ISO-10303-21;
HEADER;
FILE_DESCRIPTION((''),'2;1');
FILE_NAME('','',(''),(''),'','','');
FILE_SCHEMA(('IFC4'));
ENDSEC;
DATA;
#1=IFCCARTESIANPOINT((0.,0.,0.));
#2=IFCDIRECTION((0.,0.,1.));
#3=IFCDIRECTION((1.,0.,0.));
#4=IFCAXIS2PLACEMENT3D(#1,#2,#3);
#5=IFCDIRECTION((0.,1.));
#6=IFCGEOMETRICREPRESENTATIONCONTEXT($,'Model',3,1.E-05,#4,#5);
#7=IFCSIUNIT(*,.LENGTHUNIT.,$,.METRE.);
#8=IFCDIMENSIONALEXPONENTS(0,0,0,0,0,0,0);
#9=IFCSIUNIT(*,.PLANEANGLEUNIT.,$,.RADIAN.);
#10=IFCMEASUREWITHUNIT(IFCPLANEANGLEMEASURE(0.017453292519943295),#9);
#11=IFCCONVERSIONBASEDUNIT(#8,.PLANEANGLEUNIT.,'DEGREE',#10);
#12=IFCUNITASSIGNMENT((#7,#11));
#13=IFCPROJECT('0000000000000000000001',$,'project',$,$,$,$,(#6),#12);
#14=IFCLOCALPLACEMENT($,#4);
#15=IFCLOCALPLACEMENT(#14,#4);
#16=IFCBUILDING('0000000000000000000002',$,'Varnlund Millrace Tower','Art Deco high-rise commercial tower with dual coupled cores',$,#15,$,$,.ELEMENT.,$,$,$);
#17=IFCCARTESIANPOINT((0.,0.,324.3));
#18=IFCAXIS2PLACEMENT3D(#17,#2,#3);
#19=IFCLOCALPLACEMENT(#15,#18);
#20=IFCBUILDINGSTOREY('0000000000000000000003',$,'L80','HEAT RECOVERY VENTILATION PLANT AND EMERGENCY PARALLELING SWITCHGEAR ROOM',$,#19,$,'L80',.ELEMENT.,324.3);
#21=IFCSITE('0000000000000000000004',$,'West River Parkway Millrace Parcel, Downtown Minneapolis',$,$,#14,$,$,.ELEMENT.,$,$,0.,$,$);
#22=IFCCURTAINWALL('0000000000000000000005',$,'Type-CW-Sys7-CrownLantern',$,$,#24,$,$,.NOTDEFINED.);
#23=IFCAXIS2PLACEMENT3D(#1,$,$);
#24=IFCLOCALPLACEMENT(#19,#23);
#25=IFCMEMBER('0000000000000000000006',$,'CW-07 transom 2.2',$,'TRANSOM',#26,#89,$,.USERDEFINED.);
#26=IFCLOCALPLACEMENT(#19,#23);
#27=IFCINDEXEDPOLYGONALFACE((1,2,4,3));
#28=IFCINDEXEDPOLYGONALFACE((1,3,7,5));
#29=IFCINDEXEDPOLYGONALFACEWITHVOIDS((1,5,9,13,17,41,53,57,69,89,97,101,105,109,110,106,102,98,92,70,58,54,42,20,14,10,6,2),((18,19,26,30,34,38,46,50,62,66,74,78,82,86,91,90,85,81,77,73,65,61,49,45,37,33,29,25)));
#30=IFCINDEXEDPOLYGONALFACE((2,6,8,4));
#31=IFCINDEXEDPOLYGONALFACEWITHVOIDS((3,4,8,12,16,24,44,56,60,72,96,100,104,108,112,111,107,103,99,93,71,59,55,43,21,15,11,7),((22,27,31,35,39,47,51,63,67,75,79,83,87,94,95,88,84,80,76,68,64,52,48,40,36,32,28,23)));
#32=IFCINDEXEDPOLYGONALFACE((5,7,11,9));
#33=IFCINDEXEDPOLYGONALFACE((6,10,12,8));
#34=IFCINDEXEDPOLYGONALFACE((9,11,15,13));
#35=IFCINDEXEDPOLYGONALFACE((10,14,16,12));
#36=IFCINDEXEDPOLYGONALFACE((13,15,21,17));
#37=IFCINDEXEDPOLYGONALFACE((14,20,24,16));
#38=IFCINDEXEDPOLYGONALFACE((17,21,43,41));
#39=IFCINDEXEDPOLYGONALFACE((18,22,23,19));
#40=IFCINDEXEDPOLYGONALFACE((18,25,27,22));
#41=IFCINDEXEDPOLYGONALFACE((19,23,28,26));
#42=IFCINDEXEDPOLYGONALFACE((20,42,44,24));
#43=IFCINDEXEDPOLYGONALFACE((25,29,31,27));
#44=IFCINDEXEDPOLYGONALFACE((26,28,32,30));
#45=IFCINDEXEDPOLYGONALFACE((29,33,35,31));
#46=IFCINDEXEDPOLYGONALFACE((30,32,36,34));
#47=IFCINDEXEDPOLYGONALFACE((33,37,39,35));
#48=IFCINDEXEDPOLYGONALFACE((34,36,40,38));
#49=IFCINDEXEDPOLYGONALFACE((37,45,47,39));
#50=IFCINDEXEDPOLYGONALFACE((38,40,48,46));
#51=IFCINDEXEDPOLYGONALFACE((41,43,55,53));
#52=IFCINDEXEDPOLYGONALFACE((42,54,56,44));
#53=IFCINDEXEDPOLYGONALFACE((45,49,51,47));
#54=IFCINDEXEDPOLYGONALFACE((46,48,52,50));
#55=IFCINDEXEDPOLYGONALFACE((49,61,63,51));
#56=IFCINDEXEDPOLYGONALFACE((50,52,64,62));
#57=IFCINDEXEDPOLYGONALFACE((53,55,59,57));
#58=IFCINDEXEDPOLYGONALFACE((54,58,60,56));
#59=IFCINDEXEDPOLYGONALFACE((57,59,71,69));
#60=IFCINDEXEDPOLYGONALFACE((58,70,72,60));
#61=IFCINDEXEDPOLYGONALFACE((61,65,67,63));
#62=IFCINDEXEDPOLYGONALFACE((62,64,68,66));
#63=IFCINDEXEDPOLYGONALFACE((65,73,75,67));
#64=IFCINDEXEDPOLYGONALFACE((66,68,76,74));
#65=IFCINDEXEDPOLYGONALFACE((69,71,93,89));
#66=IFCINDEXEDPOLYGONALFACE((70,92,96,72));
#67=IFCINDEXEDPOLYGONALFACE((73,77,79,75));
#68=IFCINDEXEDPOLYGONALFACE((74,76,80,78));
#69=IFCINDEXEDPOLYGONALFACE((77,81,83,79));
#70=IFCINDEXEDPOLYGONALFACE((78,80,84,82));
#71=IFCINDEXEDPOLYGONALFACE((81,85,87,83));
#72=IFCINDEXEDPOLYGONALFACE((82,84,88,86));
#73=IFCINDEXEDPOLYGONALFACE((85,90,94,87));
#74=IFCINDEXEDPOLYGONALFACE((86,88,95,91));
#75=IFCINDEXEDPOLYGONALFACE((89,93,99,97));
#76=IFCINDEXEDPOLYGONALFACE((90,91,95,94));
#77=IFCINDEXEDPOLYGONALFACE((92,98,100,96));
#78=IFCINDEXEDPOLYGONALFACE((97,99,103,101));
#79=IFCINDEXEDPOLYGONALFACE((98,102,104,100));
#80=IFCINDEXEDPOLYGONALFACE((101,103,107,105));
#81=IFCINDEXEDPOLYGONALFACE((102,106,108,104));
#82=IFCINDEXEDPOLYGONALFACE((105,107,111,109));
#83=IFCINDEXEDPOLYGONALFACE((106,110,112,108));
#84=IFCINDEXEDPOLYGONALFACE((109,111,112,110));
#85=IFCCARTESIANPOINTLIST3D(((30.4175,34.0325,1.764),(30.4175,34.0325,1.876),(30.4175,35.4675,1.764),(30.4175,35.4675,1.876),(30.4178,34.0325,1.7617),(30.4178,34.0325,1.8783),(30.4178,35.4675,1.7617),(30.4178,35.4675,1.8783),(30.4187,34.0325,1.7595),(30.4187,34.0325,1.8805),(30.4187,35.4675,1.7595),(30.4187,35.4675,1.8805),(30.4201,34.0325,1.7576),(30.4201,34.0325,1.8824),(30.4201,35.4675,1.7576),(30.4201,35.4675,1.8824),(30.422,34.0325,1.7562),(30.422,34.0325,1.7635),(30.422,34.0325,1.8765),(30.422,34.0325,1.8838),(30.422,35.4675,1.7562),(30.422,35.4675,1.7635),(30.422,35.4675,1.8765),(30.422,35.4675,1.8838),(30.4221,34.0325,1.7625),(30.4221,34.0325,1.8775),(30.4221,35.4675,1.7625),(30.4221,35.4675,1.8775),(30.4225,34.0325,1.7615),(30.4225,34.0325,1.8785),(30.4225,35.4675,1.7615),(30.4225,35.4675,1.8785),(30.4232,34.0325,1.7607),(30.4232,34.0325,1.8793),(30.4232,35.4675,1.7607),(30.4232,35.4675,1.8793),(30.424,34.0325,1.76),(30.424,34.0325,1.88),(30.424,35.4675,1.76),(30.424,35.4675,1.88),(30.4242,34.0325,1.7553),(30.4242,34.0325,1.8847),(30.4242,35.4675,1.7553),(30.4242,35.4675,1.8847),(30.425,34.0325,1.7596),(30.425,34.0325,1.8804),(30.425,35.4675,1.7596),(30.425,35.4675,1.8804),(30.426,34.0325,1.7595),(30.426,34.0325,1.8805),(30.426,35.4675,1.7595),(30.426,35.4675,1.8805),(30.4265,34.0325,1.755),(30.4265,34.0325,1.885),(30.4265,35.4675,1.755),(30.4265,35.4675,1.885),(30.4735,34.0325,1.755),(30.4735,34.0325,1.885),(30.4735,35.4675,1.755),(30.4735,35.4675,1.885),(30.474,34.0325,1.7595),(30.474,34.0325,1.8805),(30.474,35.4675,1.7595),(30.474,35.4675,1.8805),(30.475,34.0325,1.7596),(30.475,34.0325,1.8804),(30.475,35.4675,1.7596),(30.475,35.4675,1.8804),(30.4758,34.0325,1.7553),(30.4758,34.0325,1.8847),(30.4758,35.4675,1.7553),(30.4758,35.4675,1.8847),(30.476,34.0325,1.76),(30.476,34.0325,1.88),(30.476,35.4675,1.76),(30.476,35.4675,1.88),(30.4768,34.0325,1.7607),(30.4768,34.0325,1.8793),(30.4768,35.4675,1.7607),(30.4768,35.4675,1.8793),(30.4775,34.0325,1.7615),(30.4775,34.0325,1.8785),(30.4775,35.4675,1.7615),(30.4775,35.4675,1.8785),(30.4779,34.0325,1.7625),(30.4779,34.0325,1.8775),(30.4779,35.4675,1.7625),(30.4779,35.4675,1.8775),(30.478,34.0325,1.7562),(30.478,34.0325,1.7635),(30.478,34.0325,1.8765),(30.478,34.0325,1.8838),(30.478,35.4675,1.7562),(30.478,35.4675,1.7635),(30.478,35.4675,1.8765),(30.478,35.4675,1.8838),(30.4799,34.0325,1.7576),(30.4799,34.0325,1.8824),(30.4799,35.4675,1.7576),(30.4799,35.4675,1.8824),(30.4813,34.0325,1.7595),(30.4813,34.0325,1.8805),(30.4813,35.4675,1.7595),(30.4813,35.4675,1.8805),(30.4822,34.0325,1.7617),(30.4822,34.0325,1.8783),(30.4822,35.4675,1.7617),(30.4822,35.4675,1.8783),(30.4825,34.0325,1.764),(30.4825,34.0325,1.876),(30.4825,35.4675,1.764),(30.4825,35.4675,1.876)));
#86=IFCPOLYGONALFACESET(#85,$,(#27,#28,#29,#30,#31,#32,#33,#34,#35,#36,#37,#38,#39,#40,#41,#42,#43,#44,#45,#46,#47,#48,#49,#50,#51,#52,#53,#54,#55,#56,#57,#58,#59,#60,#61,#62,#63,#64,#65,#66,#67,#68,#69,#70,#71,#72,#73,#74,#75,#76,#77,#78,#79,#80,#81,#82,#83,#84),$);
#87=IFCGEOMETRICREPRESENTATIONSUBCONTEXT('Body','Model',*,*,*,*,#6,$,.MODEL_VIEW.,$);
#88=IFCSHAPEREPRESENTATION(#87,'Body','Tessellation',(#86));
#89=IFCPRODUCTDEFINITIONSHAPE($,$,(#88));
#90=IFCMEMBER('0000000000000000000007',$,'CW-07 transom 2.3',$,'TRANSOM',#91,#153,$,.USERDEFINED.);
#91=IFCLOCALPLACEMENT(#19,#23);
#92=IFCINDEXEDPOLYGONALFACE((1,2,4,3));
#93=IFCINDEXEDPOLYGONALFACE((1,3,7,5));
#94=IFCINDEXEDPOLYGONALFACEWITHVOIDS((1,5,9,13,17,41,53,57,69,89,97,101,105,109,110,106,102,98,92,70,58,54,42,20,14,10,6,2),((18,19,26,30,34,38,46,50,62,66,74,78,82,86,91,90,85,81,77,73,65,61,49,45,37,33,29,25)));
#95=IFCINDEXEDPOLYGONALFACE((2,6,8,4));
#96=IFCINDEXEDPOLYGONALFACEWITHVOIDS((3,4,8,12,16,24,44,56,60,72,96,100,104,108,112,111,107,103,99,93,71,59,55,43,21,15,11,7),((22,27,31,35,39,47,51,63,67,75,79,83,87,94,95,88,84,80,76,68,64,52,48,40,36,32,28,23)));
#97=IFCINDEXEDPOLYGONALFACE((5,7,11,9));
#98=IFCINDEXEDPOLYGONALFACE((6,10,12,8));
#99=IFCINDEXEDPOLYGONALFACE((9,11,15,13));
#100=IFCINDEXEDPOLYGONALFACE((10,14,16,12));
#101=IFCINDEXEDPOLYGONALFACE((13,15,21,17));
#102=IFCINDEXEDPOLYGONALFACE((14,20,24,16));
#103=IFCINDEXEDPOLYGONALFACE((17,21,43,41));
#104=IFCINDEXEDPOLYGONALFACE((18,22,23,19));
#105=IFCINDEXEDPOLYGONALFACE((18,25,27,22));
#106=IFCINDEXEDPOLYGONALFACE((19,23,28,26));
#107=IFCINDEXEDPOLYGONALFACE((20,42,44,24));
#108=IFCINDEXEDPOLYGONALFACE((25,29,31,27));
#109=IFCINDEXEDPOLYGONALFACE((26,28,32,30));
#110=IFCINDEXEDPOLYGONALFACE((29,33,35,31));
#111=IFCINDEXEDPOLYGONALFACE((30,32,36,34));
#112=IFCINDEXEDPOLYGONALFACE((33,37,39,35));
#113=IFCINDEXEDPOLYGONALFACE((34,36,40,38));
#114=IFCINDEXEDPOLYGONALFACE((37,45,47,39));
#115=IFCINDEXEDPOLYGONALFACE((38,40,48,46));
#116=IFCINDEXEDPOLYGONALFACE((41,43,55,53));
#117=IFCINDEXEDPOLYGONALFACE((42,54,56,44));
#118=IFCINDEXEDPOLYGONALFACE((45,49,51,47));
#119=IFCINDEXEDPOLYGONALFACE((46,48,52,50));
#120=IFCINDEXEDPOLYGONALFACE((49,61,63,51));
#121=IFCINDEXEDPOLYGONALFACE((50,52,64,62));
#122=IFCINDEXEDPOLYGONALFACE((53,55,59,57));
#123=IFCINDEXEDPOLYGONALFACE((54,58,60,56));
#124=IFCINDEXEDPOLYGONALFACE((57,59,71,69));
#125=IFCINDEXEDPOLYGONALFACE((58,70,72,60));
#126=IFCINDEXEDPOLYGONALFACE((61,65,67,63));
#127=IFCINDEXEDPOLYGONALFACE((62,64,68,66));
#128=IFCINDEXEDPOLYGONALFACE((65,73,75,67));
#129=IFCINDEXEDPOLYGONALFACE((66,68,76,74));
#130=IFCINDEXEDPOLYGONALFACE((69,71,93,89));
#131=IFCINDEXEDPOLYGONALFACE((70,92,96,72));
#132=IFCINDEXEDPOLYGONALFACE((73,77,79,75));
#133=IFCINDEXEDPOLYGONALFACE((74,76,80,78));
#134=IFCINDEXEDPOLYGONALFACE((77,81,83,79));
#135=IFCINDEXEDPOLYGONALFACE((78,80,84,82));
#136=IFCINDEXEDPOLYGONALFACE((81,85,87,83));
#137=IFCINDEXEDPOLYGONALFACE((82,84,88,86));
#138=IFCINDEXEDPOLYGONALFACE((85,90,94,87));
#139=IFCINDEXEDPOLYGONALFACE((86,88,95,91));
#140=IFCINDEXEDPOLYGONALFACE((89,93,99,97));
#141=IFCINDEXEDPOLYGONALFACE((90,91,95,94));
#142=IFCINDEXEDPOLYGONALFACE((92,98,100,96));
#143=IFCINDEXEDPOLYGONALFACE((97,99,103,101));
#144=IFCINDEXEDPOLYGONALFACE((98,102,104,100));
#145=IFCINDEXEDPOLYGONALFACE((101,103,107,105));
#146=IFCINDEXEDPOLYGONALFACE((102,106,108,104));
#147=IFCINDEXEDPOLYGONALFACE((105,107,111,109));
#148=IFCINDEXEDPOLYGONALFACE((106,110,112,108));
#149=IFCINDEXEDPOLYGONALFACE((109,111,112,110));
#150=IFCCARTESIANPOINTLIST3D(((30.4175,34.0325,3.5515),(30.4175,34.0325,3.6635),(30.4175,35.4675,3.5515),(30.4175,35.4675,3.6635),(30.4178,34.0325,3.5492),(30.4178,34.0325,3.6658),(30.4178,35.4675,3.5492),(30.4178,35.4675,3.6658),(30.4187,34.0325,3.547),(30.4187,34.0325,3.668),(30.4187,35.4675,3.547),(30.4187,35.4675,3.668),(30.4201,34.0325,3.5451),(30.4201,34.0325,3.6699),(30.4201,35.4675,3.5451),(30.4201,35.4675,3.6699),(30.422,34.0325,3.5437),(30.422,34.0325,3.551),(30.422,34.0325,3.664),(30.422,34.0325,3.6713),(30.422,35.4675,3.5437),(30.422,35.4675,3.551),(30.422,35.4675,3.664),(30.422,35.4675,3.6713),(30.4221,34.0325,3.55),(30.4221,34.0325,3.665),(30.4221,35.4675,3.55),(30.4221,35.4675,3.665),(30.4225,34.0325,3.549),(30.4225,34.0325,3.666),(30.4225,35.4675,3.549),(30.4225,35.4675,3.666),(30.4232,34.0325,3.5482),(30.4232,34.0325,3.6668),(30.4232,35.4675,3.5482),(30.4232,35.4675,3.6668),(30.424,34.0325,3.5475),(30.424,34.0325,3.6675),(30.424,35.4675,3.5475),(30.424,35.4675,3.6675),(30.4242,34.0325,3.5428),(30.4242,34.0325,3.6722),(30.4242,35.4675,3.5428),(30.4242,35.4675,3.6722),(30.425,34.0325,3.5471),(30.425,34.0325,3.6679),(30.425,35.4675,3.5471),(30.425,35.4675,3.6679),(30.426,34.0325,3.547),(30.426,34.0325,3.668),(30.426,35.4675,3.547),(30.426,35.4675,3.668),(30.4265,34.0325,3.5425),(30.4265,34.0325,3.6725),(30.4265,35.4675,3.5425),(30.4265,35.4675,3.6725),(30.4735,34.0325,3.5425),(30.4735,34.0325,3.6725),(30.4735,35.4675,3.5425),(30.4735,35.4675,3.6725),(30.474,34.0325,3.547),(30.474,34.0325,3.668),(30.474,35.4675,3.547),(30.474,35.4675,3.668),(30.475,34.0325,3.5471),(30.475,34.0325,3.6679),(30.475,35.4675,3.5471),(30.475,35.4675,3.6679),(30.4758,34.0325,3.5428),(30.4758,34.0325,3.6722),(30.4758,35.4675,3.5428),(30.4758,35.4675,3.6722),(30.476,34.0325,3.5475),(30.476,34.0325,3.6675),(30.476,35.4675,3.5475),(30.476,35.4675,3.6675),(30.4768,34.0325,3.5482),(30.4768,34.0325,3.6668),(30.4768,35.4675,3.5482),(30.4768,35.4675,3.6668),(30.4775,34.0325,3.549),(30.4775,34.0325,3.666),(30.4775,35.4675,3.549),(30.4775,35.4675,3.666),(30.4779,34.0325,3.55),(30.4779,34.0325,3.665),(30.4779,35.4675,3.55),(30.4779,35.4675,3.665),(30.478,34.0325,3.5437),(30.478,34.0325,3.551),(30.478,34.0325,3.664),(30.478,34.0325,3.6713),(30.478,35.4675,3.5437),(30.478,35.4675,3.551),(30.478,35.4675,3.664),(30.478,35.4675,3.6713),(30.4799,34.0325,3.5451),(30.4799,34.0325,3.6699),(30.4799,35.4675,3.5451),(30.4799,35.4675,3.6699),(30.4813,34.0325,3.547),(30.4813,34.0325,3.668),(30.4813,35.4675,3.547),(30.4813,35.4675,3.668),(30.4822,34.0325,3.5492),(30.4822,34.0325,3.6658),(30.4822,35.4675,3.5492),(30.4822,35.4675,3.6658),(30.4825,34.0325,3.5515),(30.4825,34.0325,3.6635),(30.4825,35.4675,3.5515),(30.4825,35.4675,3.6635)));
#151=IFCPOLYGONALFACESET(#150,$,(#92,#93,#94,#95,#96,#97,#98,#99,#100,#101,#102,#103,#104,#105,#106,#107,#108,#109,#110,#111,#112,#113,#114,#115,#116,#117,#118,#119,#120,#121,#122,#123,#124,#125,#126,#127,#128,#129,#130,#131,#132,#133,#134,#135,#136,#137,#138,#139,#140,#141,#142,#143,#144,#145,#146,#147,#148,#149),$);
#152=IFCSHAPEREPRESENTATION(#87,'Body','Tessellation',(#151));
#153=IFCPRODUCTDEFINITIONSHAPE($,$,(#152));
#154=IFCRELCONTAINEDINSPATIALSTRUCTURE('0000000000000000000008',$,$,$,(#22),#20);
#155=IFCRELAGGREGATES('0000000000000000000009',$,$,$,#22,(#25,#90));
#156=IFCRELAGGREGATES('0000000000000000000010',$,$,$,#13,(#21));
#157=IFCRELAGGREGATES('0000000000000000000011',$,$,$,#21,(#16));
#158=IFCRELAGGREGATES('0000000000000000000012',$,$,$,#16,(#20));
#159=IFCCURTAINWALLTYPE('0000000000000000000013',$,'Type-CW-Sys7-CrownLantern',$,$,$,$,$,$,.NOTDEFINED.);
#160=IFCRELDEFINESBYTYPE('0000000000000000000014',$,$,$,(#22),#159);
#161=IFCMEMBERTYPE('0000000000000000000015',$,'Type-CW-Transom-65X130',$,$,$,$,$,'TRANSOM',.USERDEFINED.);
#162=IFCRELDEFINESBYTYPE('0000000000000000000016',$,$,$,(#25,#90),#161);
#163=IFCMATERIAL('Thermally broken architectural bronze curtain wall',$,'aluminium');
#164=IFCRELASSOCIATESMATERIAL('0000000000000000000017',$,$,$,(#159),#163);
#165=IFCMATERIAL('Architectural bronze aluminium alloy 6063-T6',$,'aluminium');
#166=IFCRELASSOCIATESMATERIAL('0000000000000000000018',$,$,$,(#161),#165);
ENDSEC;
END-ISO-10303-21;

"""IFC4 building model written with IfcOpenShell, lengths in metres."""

from ifc_helpers import new_model, entity, si_unit, converted_unit, direction, frame, origin_with_axes, origin_2d_with_axis, place, context, subcontext, project, spatial, hollow_rectangle, extrude, material, material_profile, profile_set, type_object, element, aggregate, save


model = new_model("IFC4")

# Units and contexts
model_context = context("Model", 3, precision=1e-05, world=origin_with_axes(), true_north=direction((0.0, 1.0)))
body_context = subcontext(model_context, "Body", "Model", "MODEL_VIEW")
ifc_project = project(units=[si_unit("LENGTHUNIT", "METRE"), converted_unit("PLANEANGLEUNIT", "DEGREE", entity("IfcPlaneAngleMeasure", 0.017453292519943295), si_unit("PLANEANGLEUNIT", "RADIAN"), dimensions=[0, 0, 0, 0, 0, 0, 0])], contexts=[model_context])

# Site, building, storey
site_placement = place(None, origin_with_axes())
site = spatial("IfcSite", under=ifc_project, at=site_placement, Name="West River Parkway Millrace Parcel, Downtown Minneapolis", CompositionType="ELEMENT", RefElevation=0.0)
building_placement = place(site_placement, origin_with_axes())
building = spatial("IfcBuilding", under=site, at=building_placement, Name="Varnlund Millrace Tower", Description="Art Deco high-rise commercial tower with dual coupled cores", CompositionType="ELEMENT")
storey_placement = place(building_placement, frame((0.0, 0.0, 324.3), z_axis=(0.0, 0.0, 1.0), x_axis=(1.0, 0.0, 0.0)))
storey = spatial("IfcBuildingStorey", under=building, at=storey_placement, Name="L80", Description="HEAT RECOVERY VENTILATION PLANT AND EMERGENCY PARALLELING SWITCHGEAR ROOM", LongName="L80", CompositionType="ELEMENT", Elevation=324.3)

# Curtain wall, members
ifc_material_1 = material(Name="Thermally broken architectural bronze curtain wall", Category="aluminium")
curtain_wall_type = type_object("IfcCurtainWallType", Name="Type-CW-Sys7-CrownLantern", PredefinedType="NOTDEFINED", material=ifc_material_1)
curtain_wall_1_placement = place(storey_placement, frame((30.45, 37.0, 0.0), z_axis=(0.0, 0.0, 1.0), x_axis=(1.0, 0.0, 0.0)))
curtain_wall_1 = element("IfcCurtainWall", 1, at=curtain_wall_1_placement, inside=storey, type_object=curtain_wall_type, Name="Type-CW-Sys7-CrownLantern", PredefinedType="NOTDEFINED")
ifc_material_2 = material(Name="Architectural bronze aluminium alloy 6063-T6", Category="aluminium")
ifc_material_profile_1 = material_profile(ifc_material_2, hollow_rectangle(XDim=0.065, YDim=0.13, WallThickness=0.0045, InnerFilletRadius=0.004, OuterFilletRadius=0.009, at=origin_2d_with_axis()), Name="Architectural bronze aluminium alloy 6063-T6")
ifc_profile_set_1 = profile_set([ifc_material_profile_1], Name="Architectural bronze aluminium alloy 6063-T6")
member_type = type_object("IfcMemberType", Name="Type-CW-Transom-65X130", ElementType="TRANSOM", PredefinedType="USERDEFINED", material=ifc_profile_set_1)
member_1_placement = place(storey_placement, frame((30.45, 35.4675, 1.82), z_axis=(0.0, -1.0, 0.0), x_axis=(1.0, 0.0, 0.0)))
member_1 = element("IfcMember", 2, at=member_1_placement, type_object=member_type, Name="CW-07 transom 2.2", ObjectType="TRANSOM", PredefinedType="USERDEFINED", context=body_context, shape_type="SweptSolid", body=[
    extrude(hollow_rectangle(XDim=0.065, YDim=0.13, WallThickness=0.0045, InnerFilletRadius=0.004, OuterFilletRadius=0.009, at=origin_2d_with_axis()), origin_with_axes(), (0.0, 0.0, 1.0), 1.435),
])
member_2_placement = place(storey_placement, frame((30.45, 35.4675, 3.6075), z_axis=(0.0, -1.0, 0.0), x_axis=(1.0, 0.0, 0.0)))
member_2 = element("IfcMember", 3, at=member_2_placement, type_object=member_type, Name="CW-07 transom 2.3", ObjectType="TRANSOM", PredefinedType="USERDEFINED", context=body_context, shape_type="SweptSolid", body=[
    extrude(hollow_rectangle(XDim=0.065, YDim=0.13, WallThickness=0.0045, InnerFilletRadius=0.004, OuterFilletRadius=0.009, at=origin_2d_with_axis()), origin_with_axes(), (0.0, 0.0, 1.0), 1.435),
])

aggregate(curtain_wall_1, [member_1, member_2])

save(model, "model.ifc")
